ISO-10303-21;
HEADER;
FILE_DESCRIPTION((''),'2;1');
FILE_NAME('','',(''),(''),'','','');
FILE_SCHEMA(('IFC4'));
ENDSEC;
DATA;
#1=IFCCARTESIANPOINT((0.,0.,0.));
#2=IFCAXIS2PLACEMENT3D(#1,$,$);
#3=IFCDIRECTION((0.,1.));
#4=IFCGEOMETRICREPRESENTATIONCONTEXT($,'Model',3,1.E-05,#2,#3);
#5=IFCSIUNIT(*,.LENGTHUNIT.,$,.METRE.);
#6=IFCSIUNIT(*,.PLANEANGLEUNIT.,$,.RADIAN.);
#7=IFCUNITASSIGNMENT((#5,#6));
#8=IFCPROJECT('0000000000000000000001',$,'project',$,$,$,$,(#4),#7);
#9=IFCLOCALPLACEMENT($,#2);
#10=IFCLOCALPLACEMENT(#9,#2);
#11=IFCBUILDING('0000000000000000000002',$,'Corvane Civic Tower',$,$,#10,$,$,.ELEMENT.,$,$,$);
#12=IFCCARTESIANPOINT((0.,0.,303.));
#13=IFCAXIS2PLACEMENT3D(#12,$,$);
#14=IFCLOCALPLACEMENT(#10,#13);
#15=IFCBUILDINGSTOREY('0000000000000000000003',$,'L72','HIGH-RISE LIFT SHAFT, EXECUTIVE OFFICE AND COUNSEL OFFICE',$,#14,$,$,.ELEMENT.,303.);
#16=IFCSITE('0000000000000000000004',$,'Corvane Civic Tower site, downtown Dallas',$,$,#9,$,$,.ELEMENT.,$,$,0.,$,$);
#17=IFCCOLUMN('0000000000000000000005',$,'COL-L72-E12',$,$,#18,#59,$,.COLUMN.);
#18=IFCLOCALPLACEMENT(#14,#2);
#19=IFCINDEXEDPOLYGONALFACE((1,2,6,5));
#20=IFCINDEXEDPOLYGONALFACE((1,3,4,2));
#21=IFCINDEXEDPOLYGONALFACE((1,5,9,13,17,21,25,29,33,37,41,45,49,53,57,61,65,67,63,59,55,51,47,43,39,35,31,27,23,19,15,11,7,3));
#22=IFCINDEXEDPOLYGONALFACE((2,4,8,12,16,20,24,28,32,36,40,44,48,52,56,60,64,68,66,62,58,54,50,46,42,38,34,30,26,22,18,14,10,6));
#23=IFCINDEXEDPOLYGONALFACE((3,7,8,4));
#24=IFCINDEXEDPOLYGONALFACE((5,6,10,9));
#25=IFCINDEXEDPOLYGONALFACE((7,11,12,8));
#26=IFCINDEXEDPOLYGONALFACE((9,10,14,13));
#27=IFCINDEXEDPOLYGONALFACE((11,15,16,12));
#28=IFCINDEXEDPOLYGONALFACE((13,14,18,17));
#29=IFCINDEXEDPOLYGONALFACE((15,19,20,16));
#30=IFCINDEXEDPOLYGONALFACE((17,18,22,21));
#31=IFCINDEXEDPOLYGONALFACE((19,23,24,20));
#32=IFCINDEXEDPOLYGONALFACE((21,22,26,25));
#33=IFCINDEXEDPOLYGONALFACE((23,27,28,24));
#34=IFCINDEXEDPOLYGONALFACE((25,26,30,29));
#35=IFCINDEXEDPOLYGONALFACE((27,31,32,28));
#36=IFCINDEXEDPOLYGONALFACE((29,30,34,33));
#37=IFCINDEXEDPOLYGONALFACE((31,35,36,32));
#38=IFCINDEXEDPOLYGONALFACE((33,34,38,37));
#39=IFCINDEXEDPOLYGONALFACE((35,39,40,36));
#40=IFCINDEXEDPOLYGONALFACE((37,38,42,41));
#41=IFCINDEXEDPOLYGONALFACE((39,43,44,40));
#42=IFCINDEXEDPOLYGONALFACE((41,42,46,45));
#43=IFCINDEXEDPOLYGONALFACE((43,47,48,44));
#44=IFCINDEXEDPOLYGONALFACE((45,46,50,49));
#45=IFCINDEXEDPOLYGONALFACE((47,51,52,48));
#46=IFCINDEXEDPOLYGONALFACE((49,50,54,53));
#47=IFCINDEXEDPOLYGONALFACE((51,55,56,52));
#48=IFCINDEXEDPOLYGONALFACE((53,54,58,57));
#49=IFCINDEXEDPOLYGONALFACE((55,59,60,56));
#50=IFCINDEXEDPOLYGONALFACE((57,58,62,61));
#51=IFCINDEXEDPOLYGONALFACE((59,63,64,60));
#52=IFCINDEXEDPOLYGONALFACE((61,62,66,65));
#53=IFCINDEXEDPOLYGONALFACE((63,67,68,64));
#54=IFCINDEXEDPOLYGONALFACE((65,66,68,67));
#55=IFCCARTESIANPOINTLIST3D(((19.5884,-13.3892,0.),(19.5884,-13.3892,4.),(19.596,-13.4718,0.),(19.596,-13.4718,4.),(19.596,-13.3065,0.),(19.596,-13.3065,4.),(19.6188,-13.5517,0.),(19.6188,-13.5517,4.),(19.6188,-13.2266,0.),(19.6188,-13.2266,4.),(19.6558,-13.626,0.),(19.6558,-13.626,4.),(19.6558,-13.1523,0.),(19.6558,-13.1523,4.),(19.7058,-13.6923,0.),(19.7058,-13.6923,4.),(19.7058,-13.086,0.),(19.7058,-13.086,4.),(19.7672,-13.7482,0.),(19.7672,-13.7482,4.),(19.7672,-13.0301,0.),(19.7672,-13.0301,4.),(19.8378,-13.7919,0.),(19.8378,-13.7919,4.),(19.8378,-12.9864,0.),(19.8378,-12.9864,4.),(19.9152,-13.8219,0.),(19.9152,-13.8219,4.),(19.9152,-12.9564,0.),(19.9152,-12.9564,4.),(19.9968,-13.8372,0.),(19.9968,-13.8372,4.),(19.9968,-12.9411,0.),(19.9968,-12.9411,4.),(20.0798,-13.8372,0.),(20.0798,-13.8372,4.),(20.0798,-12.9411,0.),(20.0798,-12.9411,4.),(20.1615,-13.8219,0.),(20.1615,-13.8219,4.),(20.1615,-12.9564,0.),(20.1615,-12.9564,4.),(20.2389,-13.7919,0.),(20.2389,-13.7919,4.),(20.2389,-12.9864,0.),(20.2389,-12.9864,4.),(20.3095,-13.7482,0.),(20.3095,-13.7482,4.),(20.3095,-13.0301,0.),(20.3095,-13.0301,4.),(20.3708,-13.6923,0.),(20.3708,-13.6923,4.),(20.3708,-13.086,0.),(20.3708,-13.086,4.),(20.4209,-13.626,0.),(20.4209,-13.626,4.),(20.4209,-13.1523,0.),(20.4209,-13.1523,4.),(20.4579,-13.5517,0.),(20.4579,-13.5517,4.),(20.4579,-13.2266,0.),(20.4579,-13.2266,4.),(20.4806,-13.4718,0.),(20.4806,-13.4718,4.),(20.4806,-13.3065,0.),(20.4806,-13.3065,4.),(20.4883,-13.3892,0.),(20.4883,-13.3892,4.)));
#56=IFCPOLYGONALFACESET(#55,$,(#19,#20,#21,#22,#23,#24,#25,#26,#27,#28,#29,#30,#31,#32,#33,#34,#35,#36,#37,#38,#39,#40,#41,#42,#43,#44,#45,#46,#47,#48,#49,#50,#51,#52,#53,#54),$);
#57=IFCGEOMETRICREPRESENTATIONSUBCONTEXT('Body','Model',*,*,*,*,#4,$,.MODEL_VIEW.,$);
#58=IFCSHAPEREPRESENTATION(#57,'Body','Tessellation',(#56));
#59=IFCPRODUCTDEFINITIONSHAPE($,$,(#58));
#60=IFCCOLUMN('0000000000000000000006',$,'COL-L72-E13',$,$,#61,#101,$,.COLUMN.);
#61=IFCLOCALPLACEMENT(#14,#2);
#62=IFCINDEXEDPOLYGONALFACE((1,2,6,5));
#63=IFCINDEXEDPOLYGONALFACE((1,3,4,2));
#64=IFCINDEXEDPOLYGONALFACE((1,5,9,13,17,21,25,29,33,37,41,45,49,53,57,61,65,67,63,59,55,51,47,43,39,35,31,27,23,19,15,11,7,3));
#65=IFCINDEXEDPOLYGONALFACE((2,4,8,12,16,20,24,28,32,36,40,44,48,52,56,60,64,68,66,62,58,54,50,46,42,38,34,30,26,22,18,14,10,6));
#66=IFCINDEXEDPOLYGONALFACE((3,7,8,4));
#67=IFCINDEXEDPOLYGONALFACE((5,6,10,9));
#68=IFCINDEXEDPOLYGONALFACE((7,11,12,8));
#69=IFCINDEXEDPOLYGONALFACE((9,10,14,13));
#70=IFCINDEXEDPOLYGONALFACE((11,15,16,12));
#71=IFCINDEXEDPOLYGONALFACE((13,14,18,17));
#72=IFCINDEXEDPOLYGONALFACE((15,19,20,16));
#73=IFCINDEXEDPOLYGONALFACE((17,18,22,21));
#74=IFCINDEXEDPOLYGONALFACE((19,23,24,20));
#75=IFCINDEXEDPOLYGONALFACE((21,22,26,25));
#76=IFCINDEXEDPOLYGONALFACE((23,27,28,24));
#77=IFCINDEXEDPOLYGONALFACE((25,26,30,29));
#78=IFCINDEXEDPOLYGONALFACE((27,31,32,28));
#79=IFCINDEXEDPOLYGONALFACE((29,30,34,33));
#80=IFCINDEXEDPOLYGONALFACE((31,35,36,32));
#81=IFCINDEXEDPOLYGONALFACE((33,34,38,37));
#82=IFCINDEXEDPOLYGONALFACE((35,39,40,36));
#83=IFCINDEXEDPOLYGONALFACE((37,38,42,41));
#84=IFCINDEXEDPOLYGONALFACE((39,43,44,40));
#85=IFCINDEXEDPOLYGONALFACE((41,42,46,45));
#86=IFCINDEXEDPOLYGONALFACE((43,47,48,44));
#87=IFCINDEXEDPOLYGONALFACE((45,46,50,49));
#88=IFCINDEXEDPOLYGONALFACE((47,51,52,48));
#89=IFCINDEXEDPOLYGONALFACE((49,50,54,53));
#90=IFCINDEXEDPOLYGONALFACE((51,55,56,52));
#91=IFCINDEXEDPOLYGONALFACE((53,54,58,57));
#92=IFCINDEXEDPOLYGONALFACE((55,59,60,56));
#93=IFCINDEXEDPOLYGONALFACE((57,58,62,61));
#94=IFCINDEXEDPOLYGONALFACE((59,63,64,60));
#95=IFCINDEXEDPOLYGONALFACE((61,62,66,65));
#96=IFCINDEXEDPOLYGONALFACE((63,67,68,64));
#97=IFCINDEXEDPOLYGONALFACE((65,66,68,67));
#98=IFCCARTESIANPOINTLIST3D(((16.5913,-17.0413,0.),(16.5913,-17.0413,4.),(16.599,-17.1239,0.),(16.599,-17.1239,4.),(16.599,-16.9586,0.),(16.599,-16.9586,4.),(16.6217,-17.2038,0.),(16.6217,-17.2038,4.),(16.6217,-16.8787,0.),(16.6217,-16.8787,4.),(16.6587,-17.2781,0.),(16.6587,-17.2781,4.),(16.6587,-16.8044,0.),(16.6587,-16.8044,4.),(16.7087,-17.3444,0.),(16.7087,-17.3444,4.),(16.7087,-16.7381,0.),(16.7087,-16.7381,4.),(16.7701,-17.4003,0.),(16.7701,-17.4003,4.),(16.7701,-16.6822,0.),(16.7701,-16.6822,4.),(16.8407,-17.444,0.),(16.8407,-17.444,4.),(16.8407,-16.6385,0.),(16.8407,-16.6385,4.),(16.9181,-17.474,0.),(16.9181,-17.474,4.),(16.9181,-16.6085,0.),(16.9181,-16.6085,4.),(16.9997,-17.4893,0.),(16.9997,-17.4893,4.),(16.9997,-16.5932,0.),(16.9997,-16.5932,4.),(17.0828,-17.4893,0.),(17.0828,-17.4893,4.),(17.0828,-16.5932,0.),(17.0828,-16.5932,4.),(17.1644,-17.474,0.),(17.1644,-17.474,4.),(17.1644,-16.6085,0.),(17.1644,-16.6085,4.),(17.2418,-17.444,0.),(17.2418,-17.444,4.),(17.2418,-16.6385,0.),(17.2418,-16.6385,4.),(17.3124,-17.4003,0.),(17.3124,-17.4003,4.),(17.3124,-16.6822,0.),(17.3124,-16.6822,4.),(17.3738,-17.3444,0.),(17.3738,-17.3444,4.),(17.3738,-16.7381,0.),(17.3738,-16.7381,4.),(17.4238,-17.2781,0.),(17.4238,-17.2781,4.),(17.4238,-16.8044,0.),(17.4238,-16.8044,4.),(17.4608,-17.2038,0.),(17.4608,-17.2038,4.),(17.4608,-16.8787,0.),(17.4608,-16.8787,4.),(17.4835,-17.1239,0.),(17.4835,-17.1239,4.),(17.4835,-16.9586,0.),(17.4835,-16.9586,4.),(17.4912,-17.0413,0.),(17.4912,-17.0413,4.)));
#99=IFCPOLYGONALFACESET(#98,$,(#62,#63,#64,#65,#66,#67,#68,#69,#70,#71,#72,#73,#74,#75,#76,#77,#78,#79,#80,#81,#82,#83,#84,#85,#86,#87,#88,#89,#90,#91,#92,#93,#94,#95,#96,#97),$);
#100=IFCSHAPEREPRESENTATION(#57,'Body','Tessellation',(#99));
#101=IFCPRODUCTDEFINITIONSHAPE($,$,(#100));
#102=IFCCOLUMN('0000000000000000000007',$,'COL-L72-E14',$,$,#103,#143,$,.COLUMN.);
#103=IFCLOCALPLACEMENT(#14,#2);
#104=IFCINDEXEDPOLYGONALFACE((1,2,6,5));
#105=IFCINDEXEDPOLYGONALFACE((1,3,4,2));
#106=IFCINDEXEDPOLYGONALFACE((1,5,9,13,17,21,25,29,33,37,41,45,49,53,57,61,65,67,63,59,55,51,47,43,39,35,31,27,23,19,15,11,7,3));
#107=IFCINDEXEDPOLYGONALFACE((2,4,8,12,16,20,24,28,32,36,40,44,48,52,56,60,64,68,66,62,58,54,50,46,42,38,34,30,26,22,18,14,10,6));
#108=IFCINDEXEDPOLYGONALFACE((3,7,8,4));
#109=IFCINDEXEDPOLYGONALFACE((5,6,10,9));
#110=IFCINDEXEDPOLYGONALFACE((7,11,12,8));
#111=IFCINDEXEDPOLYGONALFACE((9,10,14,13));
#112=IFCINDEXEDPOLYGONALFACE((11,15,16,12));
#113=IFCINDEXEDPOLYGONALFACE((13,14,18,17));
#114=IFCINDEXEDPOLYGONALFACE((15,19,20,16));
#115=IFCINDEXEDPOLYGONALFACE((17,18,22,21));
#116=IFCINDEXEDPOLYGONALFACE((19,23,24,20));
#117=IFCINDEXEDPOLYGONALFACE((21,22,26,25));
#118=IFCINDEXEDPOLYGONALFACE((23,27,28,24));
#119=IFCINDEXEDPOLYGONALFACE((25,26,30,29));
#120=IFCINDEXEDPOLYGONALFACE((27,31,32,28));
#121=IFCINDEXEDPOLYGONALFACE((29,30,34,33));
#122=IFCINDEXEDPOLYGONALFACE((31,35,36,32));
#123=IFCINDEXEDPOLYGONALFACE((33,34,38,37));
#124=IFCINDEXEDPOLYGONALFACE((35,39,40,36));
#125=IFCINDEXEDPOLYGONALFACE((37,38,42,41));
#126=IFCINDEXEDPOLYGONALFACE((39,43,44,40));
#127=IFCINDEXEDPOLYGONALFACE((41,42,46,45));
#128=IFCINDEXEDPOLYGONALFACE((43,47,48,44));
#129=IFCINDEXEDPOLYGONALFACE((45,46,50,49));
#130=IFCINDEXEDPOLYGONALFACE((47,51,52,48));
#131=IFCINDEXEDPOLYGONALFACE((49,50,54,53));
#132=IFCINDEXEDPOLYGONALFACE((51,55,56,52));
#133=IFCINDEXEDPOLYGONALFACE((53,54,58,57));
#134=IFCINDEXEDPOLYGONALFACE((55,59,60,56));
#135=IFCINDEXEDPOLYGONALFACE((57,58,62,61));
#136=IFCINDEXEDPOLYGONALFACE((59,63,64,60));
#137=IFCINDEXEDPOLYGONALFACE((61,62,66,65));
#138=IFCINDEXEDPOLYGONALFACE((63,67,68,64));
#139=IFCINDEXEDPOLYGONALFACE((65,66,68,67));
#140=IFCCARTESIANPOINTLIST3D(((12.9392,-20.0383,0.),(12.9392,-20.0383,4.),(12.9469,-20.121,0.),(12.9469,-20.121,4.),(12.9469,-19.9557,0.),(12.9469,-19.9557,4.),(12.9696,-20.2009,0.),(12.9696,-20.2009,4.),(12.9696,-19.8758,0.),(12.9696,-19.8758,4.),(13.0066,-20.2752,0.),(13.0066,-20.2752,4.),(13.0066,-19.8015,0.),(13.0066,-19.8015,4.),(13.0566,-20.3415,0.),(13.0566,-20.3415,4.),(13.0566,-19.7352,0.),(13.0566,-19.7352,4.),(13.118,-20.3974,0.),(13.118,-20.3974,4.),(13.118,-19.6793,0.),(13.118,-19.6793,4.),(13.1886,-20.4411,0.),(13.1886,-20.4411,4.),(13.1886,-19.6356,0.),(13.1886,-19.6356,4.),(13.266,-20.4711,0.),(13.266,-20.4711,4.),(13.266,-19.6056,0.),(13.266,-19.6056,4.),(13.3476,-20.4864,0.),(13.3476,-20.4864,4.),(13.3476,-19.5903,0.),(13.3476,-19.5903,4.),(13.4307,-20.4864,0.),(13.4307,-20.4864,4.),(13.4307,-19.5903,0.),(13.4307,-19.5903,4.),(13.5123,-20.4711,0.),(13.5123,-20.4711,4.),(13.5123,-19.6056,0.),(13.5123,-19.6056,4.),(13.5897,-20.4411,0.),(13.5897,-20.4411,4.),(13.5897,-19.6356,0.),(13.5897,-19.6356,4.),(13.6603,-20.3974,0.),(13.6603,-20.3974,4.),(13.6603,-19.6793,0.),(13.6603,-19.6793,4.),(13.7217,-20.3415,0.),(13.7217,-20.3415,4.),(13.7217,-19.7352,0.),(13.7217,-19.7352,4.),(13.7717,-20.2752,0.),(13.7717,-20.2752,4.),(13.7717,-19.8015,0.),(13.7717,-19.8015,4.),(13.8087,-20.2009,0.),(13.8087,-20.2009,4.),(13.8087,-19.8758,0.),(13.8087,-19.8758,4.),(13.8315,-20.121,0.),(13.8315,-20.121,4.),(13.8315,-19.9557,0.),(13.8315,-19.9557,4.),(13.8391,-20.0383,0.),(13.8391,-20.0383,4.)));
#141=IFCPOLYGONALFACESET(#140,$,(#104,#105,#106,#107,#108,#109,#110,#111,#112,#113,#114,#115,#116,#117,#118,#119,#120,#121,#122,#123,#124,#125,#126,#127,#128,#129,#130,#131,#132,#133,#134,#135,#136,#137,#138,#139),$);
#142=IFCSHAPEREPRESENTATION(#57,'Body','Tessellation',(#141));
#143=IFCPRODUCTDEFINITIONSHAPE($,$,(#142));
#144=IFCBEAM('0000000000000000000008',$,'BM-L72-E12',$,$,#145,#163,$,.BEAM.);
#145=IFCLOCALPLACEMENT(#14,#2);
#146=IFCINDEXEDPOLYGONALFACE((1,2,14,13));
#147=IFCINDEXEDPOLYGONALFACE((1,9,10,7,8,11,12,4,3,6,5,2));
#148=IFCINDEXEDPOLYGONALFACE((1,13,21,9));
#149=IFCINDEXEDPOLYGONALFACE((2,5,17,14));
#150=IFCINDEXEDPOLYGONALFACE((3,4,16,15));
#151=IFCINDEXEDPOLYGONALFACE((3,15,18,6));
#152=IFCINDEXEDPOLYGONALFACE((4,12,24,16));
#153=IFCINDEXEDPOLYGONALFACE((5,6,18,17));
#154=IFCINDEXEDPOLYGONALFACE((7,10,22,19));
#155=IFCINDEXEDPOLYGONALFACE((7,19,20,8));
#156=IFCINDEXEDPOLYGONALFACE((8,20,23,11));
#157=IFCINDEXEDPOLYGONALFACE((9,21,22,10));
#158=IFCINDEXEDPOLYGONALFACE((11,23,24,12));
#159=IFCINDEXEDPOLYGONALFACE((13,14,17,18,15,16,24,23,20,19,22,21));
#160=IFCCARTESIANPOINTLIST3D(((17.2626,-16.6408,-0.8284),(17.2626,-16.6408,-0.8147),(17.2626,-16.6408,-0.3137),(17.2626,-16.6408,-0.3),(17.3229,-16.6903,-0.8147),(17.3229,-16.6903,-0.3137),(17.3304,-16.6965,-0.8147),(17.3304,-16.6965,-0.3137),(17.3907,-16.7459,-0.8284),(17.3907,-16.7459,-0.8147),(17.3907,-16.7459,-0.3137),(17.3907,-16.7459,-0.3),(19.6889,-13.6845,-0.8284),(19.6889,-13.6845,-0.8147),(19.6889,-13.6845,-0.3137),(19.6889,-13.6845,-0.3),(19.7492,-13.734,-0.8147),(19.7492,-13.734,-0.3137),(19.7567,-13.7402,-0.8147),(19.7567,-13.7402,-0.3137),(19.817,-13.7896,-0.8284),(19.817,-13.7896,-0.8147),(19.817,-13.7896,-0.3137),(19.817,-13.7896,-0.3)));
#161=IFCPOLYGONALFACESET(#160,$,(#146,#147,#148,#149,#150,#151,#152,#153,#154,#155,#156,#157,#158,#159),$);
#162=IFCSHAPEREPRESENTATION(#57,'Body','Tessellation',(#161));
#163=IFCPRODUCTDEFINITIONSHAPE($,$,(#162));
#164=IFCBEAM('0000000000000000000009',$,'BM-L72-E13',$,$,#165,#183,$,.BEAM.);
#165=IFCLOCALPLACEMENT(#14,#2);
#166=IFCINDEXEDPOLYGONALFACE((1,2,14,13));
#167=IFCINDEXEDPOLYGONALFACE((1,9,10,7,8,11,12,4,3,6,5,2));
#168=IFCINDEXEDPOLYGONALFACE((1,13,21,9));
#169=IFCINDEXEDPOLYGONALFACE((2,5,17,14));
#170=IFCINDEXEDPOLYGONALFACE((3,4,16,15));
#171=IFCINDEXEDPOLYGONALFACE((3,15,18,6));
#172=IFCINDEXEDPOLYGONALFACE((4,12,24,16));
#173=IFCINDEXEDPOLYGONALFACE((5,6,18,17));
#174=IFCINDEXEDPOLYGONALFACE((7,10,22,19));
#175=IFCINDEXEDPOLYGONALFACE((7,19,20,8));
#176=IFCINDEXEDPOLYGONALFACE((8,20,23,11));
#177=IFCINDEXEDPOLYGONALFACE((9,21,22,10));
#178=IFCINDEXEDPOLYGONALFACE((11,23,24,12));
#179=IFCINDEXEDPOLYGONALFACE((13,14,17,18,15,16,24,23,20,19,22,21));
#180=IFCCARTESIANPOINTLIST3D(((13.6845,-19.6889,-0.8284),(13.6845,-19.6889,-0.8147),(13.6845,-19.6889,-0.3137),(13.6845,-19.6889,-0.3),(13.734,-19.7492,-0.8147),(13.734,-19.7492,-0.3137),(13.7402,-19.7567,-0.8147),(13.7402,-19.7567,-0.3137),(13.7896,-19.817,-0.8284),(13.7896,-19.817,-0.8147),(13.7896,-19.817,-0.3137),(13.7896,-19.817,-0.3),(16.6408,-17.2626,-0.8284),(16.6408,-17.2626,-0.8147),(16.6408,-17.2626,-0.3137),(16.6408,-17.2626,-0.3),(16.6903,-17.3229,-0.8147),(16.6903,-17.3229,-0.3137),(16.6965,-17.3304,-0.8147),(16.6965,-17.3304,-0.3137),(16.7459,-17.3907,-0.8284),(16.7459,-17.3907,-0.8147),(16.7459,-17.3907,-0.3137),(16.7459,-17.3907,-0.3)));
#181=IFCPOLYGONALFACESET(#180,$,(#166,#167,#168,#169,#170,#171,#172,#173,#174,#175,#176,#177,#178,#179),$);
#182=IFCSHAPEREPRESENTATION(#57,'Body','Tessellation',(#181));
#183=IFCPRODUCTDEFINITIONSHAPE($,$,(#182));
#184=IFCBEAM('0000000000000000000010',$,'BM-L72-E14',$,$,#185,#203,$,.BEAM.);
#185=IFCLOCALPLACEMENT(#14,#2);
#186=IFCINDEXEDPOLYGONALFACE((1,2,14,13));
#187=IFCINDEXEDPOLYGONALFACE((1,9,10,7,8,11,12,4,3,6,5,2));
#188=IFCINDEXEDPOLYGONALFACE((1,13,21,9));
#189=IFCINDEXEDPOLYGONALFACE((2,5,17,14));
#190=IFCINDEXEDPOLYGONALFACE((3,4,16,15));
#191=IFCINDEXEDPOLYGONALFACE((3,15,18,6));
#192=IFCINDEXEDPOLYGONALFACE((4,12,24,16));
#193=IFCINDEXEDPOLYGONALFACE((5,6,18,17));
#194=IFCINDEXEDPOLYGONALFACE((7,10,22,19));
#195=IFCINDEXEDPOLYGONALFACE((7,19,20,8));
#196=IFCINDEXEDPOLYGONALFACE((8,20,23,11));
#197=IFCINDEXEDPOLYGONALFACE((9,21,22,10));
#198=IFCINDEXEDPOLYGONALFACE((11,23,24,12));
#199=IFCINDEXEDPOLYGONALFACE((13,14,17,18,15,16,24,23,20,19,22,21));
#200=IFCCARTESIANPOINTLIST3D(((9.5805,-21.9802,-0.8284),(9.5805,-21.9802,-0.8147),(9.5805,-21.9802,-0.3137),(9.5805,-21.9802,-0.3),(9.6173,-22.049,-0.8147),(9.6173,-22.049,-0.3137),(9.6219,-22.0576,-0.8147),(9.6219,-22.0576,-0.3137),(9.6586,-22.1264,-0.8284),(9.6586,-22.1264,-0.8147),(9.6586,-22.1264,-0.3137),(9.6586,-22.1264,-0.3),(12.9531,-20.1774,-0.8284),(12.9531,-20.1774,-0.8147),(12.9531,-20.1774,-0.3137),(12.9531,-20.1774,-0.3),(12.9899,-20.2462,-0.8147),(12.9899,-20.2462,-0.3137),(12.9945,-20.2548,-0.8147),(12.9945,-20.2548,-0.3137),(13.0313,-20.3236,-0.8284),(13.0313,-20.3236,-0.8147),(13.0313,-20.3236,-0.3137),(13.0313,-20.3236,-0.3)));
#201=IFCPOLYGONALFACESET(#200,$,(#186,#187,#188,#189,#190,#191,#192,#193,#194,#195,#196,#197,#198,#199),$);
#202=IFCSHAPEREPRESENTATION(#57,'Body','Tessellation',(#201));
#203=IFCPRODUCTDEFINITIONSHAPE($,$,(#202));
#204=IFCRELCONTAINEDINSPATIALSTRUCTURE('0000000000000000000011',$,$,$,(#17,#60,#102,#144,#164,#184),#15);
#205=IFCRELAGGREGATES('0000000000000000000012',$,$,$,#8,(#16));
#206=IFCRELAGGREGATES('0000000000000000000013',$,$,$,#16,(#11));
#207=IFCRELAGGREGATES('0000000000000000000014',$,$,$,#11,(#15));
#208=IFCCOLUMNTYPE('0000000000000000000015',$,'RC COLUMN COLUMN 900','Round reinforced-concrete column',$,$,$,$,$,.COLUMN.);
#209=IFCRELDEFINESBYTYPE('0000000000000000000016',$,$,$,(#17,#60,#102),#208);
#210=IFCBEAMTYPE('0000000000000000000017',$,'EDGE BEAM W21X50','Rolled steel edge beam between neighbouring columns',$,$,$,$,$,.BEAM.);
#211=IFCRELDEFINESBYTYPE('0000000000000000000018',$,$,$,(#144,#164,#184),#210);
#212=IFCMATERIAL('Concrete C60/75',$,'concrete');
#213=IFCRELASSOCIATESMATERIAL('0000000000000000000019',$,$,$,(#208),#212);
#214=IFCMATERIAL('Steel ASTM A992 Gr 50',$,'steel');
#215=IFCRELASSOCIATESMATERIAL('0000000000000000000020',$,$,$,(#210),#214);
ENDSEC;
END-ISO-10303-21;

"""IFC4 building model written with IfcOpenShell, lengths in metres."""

from ifc_helpers import new_model, si_unit, direction, frame, origin, origin_2d, place, context, subcontext, project, spatial, circle, i_section, extrude, material, material_profile, profile_set, type_object, element, save


model = new_model("IFC4")

# Units and contexts
model_context = context("Model", 3, precision=1e-05, world=origin(), true_north=direction((0.0, 1.0)))
body_context = subcontext(model_context, "Body", "Model", "MODEL_VIEW")
ifc_project = project(units=[si_unit("LENGTHUNIT", "METRE"), si_unit("PLANEANGLEUNIT", "RADIAN")], contexts=[model_context])

# Site, building, storey
site_placement = place(None, origin())
site = spatial("IfcSite", under=ifc_project, at=site_placement, Name="Corvane Civic Tower site, downtown Dallas", CompositionType="ELEMENT", RefElevation=0.0)
building_placement = place(site_placement, origin())
building = spatial("IfcBuilding", under=site, at=building_placement, Name="Corvane Civic Tower", CompositionType="ELEMENT")
storey_placement = place(building_placement, frame((0.0, 0.0, 303.0)))
storey = spatial("IfcBuildingStorey", under=building, at=storey_placement, Name="L72", Description="HIGH-RISE LIFT SHAFT, EXECUTIVE OFFICE AND COUNSEL OFFICE", CompositionType="ELEMENT", Elevation=303.0)

# Columns
ifc_material_1 = material(Name="Concrete C60/75", Category="concrete")
ifc_material_profile_1 = material_profile(ifc_material_1, circle(Radius=0.45, at=origin_2d()), Name="COLUMN 900")
ifc_profile_set_1 = profile_set([ifc_material_profile_1], Name="Concrete C60/75")
column_type = type_object("IfcColumnType", Name="RC COLUMN COLUMN 900", Description="Round reinforced-concrete column", PredefinedType="COLUMN", material=ifc_profile_set_1)
for number, where, z_axis, x_axis, name in (
    (1, (20.0383, -13.3892, 0.0), (0.0, 0.0, 1.0), (1.0, 0.0, 0.0), "COL-L72-E12"),
    (2, (17.0413, -17.0413, 0.0), (0.0, 0.0, 1.0), (1.0, 0.0, 0.0), "COL-L72-E13"),
    (3, (13.3892, -20.0383, 0.0), (0.0, 0.0, 1.0), (1.0, 0.0, 0.0), "COL-L72-E14"),
):
    element("IfcColumn", number, at=place(storey_placement, frame(where, z_axis=z_axis, x_axis=x_axis)), inside=storey, type_object=column_type, Name=name, PredefinedType="COLUMN", context=body_context, shape_type="SweptSolid", body=[
        extrude(circle(Radius=0.45, at=origin_2d()), origin(), (0.0, 0.0, 1.0), 4.0),
    ])

# Beams
ifc_material_2 = material(Name="Steel ASTM A992 Gr 50", Category="steel")
ifc_material_profile_2 = material_profile(ifc_material_2, i_section(OverallWidth=0.1658, OverallDepth=0.5283, WebThickness=0.0098, FlangeThickness=0.0137, at=origin_2d()), Name="W21X50")
ifc_profile_set_2 = profile_set([ifc_material_profile_2], Name="Steel ASTM A992 Gr 50")
beam_type_1 = type_object("IfcBeamType", Name="EDGE BEAM W21X50", Description="Rolled steel edge beam between neighbouring columns", PredefinedType="BEAM", material=ifc_profile_set_2)
for number, where, z_axis, x_axis, name in (
    (4, (19.7529, -13.7371, -0.5642), (-0.634409, -0.772998, 0.0), (0.772998, -0.634409, 0.0), "BM-L72-E12"),
    (5, (16.6934, -17.3267, -0.5642), (-0.772998, -0.634409, 0.0), (0.634409, -0.772998, 0.0), "BM-L72-E13"),
):
    element("IfcBeam", number, at=place(storey_placement, frame(where, z_axis=z_axis, x_axis=x_axis)), inside=storey, type_object=beam_type_1, Name=name, PredefinedType="BEAM", context=body_context, shape_type="SweptSolid", body=[
        extrude(i_section(OverallWidth=0.1658, OverallDepth=0.5283, WebThickness=0.0098, FlangeThickness=0.0137, at=origin_2d()), origin(), (0.0, 0.0, 1.0), 3.8245),
    ])
beam_1_placement = place(storey_placement, frame((12.9922, -20.2505, -0.5642), z_axis=(-0.881914, -0.47141, 0.0), x_axis=(0.47141, -0.881914, 0.0)))
element("IfcBeam", 6, at=beam_1_placement, inside=storey, type_object=beam_type_1, Name="BM-L72-E14", PredefinedType="BEAM", context=body_context, shape_type="SweptSolid", body=[
    extrude(i_section(OverallWidth=0.1658, OverallDepth=0.5283, WebThickness=0.0098, FlangeThickness=0.0137, at=origin_2d()), origin(), (0.0, 0.0, 1.0), 3.8242),
])

save(model, "model.ifc")
